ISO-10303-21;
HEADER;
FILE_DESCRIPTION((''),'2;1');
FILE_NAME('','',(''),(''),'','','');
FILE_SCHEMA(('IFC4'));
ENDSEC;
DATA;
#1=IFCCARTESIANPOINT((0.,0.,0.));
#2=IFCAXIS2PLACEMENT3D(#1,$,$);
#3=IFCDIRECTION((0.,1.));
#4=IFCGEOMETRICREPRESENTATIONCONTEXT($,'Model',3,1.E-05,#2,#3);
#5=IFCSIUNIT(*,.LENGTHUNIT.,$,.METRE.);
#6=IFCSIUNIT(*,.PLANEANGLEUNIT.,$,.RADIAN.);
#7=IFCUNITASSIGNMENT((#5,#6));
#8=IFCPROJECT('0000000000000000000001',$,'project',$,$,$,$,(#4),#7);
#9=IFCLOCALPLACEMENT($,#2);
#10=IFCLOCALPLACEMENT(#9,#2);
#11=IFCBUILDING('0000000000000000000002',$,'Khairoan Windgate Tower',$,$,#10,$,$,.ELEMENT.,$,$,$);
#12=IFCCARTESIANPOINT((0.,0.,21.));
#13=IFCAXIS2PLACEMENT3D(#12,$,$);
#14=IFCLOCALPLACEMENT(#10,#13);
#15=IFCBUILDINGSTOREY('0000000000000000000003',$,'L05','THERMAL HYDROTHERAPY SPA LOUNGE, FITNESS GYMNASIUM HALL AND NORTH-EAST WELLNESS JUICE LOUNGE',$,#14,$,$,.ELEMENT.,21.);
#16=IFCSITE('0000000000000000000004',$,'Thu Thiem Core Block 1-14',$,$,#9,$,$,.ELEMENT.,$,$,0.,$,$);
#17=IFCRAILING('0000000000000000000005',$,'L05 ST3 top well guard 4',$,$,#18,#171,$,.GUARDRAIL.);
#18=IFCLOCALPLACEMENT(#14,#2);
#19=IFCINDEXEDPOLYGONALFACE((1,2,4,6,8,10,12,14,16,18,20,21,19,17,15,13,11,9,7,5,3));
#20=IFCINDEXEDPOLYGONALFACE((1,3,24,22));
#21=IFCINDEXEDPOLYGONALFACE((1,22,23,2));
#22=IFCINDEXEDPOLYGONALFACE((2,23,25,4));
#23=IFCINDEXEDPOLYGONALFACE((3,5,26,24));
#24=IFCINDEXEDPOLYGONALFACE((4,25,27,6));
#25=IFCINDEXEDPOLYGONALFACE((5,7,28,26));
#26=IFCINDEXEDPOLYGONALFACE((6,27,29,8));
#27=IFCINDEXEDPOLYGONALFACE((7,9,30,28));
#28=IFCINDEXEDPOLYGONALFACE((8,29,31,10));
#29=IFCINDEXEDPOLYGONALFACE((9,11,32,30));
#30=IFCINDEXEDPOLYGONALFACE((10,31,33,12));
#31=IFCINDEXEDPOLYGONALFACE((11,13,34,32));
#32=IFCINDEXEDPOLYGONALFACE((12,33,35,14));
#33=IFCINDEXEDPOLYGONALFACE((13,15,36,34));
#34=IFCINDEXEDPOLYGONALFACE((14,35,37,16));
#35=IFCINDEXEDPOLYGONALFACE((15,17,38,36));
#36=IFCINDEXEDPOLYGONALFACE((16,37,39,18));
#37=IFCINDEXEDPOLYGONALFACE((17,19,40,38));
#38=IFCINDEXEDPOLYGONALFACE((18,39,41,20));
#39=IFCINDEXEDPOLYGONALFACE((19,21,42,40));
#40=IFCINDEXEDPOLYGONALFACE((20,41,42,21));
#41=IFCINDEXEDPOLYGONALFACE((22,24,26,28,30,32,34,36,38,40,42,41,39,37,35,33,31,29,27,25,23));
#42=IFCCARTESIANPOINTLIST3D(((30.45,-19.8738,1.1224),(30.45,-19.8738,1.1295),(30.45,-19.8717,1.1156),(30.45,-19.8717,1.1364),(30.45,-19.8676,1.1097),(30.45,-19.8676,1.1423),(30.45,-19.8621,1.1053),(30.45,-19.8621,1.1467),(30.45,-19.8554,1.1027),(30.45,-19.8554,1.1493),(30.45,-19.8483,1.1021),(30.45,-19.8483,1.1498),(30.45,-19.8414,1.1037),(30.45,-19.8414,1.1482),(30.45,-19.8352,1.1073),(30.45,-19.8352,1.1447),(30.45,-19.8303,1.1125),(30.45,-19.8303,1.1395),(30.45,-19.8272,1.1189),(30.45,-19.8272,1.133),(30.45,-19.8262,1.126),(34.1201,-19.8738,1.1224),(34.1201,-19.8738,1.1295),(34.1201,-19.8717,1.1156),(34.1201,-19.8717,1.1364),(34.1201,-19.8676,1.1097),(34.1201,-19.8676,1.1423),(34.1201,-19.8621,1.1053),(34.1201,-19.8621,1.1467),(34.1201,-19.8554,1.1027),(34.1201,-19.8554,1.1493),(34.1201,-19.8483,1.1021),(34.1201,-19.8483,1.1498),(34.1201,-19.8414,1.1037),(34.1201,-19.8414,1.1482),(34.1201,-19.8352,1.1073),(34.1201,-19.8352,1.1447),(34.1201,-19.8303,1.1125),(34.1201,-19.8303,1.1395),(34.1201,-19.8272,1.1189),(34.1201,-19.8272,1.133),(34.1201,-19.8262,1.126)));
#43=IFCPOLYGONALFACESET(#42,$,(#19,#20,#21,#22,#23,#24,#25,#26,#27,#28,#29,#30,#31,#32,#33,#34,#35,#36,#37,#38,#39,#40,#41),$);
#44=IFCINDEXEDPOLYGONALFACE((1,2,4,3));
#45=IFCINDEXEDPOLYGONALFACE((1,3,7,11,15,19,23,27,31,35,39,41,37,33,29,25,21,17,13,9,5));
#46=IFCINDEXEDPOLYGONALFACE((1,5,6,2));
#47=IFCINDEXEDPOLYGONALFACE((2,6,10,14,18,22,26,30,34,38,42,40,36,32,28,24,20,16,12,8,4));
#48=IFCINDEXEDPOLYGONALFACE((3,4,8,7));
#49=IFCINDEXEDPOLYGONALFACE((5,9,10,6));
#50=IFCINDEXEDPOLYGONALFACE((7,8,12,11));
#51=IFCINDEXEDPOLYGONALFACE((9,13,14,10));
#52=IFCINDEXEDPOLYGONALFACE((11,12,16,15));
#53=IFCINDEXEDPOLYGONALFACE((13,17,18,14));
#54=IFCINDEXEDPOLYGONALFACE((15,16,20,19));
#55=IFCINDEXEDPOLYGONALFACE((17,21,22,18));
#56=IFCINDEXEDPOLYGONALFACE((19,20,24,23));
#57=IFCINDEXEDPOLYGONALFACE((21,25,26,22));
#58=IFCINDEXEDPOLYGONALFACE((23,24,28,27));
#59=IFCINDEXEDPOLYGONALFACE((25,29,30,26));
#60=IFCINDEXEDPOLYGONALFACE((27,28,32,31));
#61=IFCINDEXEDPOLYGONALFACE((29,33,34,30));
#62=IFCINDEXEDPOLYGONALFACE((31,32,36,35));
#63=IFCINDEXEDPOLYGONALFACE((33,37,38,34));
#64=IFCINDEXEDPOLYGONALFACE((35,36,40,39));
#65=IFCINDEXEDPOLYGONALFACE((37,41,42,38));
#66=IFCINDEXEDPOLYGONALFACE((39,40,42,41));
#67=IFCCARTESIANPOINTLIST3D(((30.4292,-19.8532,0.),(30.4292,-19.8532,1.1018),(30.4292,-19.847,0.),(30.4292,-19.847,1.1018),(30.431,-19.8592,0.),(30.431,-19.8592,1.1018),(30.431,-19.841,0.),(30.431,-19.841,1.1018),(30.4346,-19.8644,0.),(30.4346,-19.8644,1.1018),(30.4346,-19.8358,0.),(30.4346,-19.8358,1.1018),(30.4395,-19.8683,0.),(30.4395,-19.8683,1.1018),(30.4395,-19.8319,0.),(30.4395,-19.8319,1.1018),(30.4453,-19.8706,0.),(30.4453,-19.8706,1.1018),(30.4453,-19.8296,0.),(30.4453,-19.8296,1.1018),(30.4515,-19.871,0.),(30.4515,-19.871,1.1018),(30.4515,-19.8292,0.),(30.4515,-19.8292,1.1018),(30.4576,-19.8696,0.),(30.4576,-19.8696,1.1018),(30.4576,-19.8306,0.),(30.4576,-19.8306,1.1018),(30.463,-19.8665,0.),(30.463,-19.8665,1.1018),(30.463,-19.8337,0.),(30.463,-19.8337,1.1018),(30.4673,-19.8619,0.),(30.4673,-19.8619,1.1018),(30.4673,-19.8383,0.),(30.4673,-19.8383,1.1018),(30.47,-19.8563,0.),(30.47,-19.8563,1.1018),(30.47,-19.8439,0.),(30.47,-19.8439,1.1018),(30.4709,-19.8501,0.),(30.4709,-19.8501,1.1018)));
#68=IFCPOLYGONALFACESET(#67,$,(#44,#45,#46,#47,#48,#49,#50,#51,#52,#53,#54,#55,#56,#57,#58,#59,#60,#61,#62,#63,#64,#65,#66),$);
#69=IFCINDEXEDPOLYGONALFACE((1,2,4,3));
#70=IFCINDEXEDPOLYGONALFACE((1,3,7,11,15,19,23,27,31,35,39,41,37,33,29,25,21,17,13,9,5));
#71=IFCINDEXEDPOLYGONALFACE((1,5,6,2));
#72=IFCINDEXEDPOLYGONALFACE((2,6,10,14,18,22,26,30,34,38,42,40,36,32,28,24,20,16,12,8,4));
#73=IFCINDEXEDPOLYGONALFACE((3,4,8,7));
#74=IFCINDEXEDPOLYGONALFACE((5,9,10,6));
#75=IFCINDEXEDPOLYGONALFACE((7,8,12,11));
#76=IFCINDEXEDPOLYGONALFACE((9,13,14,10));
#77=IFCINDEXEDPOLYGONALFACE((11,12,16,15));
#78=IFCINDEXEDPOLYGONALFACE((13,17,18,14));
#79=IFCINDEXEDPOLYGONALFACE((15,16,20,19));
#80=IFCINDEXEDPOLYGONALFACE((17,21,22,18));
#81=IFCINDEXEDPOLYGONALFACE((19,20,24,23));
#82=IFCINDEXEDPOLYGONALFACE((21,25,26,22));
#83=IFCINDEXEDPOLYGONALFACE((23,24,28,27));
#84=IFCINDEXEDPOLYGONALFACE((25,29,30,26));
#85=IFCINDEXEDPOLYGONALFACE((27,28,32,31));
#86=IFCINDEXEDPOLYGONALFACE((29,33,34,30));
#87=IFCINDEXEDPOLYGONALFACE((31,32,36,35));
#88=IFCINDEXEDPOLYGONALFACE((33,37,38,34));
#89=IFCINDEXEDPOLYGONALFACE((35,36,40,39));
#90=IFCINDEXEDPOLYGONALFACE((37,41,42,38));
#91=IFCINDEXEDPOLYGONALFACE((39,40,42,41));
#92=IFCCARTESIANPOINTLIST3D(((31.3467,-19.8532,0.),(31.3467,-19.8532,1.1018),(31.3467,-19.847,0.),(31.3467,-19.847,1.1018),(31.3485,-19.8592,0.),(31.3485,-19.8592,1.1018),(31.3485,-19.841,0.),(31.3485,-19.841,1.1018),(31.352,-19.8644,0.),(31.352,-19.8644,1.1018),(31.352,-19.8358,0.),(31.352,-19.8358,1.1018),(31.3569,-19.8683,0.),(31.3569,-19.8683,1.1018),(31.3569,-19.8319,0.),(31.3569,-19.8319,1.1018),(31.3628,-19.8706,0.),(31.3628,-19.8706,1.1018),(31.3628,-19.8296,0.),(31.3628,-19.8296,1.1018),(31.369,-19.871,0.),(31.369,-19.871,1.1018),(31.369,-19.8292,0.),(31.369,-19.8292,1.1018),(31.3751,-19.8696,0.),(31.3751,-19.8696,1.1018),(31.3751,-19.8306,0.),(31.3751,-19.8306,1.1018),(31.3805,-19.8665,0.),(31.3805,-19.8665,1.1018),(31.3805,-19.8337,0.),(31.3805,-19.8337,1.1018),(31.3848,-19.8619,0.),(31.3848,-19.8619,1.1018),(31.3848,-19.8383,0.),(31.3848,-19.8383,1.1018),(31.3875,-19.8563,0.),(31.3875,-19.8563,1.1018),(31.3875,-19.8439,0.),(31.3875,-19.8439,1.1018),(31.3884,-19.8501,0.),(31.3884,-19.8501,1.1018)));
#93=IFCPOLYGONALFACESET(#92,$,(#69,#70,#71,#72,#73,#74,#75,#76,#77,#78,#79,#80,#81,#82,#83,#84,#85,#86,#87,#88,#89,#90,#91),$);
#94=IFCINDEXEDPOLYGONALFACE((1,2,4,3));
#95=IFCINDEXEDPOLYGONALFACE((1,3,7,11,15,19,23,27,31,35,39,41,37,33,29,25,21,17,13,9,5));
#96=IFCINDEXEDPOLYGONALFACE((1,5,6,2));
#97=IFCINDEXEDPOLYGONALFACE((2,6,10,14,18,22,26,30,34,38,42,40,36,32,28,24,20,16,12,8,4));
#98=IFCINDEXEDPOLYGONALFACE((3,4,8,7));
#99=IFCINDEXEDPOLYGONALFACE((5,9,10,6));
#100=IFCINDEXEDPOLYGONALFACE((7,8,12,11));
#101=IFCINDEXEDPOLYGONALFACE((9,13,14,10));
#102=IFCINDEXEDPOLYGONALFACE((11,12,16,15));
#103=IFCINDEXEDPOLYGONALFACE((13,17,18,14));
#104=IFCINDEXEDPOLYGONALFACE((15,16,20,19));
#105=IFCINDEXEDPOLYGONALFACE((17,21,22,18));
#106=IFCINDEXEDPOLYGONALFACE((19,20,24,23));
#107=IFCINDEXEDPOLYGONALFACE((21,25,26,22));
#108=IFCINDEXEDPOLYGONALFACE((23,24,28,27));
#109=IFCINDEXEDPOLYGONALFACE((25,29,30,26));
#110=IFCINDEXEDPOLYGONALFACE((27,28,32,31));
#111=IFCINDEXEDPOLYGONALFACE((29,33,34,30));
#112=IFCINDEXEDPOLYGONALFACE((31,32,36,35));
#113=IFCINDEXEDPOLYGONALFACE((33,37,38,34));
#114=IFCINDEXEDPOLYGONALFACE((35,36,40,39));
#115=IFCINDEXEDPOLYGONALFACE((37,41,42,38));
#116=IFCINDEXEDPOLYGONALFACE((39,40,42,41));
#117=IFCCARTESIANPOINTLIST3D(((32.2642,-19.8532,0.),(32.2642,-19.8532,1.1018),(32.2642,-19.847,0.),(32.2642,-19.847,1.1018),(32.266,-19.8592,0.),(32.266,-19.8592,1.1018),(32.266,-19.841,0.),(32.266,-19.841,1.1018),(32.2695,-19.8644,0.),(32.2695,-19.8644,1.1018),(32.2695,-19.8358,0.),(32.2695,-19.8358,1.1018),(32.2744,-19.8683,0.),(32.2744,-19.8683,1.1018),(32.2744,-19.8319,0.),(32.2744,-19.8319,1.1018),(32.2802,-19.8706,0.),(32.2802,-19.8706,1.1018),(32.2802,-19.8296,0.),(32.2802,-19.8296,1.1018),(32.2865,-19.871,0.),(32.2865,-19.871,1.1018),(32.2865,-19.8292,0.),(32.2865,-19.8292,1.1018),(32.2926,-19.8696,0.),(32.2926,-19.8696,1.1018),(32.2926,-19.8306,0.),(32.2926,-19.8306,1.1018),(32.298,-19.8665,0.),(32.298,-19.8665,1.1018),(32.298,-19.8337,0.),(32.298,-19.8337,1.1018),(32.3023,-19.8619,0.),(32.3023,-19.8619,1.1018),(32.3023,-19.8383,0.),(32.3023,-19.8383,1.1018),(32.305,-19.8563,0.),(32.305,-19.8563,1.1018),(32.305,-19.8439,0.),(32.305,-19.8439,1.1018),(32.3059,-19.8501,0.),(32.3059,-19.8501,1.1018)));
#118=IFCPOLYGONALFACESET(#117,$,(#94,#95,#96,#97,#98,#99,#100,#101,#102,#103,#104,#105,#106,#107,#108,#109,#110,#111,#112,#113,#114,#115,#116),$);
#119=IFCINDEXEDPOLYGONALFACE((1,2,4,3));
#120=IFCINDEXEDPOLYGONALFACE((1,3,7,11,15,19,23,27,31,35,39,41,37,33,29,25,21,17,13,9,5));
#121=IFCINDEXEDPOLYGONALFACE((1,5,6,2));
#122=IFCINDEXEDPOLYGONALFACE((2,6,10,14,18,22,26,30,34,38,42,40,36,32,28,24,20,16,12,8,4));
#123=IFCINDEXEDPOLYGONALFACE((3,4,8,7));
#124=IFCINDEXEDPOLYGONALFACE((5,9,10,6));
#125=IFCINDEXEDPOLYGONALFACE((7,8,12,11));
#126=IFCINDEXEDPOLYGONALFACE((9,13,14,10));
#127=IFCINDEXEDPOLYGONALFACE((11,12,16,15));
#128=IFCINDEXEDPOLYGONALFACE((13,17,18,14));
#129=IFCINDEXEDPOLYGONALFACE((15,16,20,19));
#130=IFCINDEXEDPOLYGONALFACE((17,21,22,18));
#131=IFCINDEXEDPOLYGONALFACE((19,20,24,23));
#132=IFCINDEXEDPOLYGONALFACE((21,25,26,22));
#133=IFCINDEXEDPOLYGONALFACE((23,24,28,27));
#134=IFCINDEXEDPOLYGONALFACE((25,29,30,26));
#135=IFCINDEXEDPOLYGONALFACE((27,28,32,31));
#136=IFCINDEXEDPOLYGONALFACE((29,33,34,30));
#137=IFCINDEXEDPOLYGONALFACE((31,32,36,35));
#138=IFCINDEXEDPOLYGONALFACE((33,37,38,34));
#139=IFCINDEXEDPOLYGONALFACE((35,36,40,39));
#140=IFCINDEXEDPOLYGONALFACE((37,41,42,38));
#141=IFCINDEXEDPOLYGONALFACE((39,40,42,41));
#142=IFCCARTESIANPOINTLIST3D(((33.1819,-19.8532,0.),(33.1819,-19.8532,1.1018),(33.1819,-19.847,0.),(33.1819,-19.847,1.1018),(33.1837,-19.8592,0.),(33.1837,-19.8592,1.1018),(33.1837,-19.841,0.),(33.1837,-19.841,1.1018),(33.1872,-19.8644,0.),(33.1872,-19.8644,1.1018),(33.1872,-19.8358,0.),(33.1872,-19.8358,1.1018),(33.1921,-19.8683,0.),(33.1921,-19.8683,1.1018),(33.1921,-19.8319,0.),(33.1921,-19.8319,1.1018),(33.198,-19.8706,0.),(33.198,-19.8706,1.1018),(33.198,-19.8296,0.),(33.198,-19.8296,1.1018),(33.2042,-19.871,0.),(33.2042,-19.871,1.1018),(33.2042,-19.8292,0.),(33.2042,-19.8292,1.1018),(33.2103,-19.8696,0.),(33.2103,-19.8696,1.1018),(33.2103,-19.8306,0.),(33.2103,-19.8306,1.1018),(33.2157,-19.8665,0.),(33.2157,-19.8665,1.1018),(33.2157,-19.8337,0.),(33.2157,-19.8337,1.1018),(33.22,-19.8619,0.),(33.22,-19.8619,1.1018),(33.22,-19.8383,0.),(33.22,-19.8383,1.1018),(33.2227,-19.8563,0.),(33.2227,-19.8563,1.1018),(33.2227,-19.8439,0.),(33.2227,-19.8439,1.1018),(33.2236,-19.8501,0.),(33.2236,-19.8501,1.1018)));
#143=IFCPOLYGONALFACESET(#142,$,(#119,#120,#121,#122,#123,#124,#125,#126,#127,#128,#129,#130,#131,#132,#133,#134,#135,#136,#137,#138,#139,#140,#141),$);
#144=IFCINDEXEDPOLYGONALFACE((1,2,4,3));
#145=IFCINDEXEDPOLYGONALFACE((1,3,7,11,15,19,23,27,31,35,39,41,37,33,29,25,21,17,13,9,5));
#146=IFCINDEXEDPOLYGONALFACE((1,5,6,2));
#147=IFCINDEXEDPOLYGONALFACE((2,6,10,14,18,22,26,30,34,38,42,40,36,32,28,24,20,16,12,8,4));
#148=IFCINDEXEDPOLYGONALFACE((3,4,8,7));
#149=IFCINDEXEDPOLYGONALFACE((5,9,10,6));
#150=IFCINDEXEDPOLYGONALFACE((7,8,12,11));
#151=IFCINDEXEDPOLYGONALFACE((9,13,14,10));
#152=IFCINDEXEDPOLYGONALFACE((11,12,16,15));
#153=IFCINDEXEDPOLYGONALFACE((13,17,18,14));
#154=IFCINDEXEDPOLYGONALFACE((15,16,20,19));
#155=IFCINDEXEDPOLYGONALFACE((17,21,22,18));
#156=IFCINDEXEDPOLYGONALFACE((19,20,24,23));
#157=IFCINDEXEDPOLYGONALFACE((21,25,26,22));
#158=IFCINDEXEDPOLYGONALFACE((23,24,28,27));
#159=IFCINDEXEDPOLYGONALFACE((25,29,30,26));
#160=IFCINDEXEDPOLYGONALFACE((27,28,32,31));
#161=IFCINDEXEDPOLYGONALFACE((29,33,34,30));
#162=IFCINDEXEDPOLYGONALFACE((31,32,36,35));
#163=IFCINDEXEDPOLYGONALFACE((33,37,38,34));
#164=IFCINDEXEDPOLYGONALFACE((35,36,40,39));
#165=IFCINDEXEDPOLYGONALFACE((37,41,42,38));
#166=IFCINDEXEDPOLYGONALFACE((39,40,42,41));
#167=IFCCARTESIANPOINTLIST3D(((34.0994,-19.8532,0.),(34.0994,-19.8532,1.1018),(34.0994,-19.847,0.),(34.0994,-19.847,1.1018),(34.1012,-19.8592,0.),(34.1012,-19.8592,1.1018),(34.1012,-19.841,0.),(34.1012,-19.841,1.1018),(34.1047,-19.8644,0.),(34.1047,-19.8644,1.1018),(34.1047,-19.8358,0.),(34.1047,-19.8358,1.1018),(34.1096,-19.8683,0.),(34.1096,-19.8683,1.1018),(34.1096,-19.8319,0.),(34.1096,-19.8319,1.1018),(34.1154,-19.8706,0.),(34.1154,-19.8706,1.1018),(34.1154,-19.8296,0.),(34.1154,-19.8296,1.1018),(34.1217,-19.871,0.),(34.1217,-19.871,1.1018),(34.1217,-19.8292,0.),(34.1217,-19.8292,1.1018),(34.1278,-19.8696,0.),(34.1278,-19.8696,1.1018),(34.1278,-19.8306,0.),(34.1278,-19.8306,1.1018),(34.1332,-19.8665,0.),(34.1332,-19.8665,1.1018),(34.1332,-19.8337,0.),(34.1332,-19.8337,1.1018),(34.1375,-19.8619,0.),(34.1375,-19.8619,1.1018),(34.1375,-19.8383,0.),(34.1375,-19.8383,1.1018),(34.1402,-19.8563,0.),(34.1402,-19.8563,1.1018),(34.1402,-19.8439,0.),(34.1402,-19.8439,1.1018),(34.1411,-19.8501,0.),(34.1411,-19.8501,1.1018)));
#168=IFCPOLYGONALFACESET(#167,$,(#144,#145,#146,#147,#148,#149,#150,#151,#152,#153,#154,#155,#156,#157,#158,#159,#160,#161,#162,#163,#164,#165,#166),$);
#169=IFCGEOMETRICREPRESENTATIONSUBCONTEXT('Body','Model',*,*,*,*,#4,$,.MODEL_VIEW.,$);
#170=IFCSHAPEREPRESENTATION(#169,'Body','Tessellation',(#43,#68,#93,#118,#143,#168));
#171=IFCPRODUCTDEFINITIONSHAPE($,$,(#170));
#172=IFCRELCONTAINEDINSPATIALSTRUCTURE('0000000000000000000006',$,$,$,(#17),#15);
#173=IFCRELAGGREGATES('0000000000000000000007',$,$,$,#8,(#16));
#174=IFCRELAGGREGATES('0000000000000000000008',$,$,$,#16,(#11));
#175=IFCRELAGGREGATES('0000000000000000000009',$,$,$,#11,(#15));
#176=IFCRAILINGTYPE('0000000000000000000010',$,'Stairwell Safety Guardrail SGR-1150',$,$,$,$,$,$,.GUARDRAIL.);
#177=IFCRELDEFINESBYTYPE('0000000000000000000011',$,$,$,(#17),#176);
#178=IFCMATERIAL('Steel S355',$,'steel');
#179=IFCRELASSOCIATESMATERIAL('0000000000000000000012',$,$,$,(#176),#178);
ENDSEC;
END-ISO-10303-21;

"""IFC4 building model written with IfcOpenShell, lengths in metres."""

from ifc_helpers import new_model, si_unit, direction, frame, origin, origin_2d, place, context, subcontext, project, spatial, circle, extrude, material, type_object, element, save


model = new_model("IFC4")

# Units and contexts
model_context = context("Model", 3, precision=1e-05, world=origin(), true_north=direction((0.0, 1.0)))
body_context = subcontext(model_context, "Body", "Model", "MODEL_VIEW")
ifc_project = project(units=[si_unit("LENGTHUNIT", "METRE"), si_unit("PLANEANGLEUNIT", "RADIAN")], contexts=[model_context])

# Site, building, storey
site_placement = place(None, origin())
site = spatial("IfcSite", under=ifc_project, at=site_placement, Name="Thu Thiem Core Block 1-14", CompositionType="ELEMENT", RefElevation=0.0)
building_placement = place(site_placement, origin())
building = spatial("IfcBuilding", under=site, at=building_placement, Name="Khairoan Windgate Tower", CompositionType="ELEMENT")
storey_placement = place(building_placement, frame((0.0, 0.0, 21.0)))
storey = spatial("IfcBuildingStorey", under=building, at=storey_placement, Name="L05", Description="THERMAL HYDROTHERAPY SPA LOUNGE, FITNESS GYMNASIUM HALL AND NORTH-EAST WELLNESS JUICE LOUNGE", CompositionType="ELEMENT", Elevation=21.0)

# Railing
ifc_material_1 = material(Name="Steel S355", Category="steel")
railing_type_1 = type_object("IfcRailingType", Name="Stairwell Safety Guardrail SGR-1150", PredefinedType="GUARDRAIL", material=ifc_material_1)
railing_1_placement = place(storey_placement, frame((30.45, -19.8501, 0.0)))
element("IfcRailing", 1, at=railing_1_placement, inside=storey, type_object=railing_type_1, Name="L05 ST3 top well guard 4", PredefinedType="GUARDRAIL", context=body_context, shape_type="SweptSolid", body=[
    extrude(circle(Radius=0.0239, at=origin_2d()), frame((0.0, 0.0, 1.126), z_axis=(1.0, 0.0, 0.0), x_axis=(0.0, 1.0, 0.0)), (0.0, 0.0, 1.0), 3.6702),
    extrude(circle(Radius=0.021, at=origin_2d()), origin(), (0.0, 0.0, 1.0), 1.1018),
    extrude(circle(Radius=0.021, at=origin_2d()), frame((0.9175, 0.0, 0.0)), (0.0, 0.0, 1.0), 1.1018),
    extrude(circle(Radius=0.021, at=origin_2d()), frame((1.835, 0.0, 0.0)), (0.0, 0.0, 1.0), 1.1018),
    extrude(circle(Radius=0.021, at=origin_2d()), frame((2.7527, 0.0, 0.0)), (0.0, 0.0, 1.0), 1.1018),
    extrude(circle(Radius=0.021, at=origin_2d()), frame((3.6702, 0.0, 0.0)), (0.0, 0.0, 1.0), 1.1018),
])

save(model, "model.ifc")
